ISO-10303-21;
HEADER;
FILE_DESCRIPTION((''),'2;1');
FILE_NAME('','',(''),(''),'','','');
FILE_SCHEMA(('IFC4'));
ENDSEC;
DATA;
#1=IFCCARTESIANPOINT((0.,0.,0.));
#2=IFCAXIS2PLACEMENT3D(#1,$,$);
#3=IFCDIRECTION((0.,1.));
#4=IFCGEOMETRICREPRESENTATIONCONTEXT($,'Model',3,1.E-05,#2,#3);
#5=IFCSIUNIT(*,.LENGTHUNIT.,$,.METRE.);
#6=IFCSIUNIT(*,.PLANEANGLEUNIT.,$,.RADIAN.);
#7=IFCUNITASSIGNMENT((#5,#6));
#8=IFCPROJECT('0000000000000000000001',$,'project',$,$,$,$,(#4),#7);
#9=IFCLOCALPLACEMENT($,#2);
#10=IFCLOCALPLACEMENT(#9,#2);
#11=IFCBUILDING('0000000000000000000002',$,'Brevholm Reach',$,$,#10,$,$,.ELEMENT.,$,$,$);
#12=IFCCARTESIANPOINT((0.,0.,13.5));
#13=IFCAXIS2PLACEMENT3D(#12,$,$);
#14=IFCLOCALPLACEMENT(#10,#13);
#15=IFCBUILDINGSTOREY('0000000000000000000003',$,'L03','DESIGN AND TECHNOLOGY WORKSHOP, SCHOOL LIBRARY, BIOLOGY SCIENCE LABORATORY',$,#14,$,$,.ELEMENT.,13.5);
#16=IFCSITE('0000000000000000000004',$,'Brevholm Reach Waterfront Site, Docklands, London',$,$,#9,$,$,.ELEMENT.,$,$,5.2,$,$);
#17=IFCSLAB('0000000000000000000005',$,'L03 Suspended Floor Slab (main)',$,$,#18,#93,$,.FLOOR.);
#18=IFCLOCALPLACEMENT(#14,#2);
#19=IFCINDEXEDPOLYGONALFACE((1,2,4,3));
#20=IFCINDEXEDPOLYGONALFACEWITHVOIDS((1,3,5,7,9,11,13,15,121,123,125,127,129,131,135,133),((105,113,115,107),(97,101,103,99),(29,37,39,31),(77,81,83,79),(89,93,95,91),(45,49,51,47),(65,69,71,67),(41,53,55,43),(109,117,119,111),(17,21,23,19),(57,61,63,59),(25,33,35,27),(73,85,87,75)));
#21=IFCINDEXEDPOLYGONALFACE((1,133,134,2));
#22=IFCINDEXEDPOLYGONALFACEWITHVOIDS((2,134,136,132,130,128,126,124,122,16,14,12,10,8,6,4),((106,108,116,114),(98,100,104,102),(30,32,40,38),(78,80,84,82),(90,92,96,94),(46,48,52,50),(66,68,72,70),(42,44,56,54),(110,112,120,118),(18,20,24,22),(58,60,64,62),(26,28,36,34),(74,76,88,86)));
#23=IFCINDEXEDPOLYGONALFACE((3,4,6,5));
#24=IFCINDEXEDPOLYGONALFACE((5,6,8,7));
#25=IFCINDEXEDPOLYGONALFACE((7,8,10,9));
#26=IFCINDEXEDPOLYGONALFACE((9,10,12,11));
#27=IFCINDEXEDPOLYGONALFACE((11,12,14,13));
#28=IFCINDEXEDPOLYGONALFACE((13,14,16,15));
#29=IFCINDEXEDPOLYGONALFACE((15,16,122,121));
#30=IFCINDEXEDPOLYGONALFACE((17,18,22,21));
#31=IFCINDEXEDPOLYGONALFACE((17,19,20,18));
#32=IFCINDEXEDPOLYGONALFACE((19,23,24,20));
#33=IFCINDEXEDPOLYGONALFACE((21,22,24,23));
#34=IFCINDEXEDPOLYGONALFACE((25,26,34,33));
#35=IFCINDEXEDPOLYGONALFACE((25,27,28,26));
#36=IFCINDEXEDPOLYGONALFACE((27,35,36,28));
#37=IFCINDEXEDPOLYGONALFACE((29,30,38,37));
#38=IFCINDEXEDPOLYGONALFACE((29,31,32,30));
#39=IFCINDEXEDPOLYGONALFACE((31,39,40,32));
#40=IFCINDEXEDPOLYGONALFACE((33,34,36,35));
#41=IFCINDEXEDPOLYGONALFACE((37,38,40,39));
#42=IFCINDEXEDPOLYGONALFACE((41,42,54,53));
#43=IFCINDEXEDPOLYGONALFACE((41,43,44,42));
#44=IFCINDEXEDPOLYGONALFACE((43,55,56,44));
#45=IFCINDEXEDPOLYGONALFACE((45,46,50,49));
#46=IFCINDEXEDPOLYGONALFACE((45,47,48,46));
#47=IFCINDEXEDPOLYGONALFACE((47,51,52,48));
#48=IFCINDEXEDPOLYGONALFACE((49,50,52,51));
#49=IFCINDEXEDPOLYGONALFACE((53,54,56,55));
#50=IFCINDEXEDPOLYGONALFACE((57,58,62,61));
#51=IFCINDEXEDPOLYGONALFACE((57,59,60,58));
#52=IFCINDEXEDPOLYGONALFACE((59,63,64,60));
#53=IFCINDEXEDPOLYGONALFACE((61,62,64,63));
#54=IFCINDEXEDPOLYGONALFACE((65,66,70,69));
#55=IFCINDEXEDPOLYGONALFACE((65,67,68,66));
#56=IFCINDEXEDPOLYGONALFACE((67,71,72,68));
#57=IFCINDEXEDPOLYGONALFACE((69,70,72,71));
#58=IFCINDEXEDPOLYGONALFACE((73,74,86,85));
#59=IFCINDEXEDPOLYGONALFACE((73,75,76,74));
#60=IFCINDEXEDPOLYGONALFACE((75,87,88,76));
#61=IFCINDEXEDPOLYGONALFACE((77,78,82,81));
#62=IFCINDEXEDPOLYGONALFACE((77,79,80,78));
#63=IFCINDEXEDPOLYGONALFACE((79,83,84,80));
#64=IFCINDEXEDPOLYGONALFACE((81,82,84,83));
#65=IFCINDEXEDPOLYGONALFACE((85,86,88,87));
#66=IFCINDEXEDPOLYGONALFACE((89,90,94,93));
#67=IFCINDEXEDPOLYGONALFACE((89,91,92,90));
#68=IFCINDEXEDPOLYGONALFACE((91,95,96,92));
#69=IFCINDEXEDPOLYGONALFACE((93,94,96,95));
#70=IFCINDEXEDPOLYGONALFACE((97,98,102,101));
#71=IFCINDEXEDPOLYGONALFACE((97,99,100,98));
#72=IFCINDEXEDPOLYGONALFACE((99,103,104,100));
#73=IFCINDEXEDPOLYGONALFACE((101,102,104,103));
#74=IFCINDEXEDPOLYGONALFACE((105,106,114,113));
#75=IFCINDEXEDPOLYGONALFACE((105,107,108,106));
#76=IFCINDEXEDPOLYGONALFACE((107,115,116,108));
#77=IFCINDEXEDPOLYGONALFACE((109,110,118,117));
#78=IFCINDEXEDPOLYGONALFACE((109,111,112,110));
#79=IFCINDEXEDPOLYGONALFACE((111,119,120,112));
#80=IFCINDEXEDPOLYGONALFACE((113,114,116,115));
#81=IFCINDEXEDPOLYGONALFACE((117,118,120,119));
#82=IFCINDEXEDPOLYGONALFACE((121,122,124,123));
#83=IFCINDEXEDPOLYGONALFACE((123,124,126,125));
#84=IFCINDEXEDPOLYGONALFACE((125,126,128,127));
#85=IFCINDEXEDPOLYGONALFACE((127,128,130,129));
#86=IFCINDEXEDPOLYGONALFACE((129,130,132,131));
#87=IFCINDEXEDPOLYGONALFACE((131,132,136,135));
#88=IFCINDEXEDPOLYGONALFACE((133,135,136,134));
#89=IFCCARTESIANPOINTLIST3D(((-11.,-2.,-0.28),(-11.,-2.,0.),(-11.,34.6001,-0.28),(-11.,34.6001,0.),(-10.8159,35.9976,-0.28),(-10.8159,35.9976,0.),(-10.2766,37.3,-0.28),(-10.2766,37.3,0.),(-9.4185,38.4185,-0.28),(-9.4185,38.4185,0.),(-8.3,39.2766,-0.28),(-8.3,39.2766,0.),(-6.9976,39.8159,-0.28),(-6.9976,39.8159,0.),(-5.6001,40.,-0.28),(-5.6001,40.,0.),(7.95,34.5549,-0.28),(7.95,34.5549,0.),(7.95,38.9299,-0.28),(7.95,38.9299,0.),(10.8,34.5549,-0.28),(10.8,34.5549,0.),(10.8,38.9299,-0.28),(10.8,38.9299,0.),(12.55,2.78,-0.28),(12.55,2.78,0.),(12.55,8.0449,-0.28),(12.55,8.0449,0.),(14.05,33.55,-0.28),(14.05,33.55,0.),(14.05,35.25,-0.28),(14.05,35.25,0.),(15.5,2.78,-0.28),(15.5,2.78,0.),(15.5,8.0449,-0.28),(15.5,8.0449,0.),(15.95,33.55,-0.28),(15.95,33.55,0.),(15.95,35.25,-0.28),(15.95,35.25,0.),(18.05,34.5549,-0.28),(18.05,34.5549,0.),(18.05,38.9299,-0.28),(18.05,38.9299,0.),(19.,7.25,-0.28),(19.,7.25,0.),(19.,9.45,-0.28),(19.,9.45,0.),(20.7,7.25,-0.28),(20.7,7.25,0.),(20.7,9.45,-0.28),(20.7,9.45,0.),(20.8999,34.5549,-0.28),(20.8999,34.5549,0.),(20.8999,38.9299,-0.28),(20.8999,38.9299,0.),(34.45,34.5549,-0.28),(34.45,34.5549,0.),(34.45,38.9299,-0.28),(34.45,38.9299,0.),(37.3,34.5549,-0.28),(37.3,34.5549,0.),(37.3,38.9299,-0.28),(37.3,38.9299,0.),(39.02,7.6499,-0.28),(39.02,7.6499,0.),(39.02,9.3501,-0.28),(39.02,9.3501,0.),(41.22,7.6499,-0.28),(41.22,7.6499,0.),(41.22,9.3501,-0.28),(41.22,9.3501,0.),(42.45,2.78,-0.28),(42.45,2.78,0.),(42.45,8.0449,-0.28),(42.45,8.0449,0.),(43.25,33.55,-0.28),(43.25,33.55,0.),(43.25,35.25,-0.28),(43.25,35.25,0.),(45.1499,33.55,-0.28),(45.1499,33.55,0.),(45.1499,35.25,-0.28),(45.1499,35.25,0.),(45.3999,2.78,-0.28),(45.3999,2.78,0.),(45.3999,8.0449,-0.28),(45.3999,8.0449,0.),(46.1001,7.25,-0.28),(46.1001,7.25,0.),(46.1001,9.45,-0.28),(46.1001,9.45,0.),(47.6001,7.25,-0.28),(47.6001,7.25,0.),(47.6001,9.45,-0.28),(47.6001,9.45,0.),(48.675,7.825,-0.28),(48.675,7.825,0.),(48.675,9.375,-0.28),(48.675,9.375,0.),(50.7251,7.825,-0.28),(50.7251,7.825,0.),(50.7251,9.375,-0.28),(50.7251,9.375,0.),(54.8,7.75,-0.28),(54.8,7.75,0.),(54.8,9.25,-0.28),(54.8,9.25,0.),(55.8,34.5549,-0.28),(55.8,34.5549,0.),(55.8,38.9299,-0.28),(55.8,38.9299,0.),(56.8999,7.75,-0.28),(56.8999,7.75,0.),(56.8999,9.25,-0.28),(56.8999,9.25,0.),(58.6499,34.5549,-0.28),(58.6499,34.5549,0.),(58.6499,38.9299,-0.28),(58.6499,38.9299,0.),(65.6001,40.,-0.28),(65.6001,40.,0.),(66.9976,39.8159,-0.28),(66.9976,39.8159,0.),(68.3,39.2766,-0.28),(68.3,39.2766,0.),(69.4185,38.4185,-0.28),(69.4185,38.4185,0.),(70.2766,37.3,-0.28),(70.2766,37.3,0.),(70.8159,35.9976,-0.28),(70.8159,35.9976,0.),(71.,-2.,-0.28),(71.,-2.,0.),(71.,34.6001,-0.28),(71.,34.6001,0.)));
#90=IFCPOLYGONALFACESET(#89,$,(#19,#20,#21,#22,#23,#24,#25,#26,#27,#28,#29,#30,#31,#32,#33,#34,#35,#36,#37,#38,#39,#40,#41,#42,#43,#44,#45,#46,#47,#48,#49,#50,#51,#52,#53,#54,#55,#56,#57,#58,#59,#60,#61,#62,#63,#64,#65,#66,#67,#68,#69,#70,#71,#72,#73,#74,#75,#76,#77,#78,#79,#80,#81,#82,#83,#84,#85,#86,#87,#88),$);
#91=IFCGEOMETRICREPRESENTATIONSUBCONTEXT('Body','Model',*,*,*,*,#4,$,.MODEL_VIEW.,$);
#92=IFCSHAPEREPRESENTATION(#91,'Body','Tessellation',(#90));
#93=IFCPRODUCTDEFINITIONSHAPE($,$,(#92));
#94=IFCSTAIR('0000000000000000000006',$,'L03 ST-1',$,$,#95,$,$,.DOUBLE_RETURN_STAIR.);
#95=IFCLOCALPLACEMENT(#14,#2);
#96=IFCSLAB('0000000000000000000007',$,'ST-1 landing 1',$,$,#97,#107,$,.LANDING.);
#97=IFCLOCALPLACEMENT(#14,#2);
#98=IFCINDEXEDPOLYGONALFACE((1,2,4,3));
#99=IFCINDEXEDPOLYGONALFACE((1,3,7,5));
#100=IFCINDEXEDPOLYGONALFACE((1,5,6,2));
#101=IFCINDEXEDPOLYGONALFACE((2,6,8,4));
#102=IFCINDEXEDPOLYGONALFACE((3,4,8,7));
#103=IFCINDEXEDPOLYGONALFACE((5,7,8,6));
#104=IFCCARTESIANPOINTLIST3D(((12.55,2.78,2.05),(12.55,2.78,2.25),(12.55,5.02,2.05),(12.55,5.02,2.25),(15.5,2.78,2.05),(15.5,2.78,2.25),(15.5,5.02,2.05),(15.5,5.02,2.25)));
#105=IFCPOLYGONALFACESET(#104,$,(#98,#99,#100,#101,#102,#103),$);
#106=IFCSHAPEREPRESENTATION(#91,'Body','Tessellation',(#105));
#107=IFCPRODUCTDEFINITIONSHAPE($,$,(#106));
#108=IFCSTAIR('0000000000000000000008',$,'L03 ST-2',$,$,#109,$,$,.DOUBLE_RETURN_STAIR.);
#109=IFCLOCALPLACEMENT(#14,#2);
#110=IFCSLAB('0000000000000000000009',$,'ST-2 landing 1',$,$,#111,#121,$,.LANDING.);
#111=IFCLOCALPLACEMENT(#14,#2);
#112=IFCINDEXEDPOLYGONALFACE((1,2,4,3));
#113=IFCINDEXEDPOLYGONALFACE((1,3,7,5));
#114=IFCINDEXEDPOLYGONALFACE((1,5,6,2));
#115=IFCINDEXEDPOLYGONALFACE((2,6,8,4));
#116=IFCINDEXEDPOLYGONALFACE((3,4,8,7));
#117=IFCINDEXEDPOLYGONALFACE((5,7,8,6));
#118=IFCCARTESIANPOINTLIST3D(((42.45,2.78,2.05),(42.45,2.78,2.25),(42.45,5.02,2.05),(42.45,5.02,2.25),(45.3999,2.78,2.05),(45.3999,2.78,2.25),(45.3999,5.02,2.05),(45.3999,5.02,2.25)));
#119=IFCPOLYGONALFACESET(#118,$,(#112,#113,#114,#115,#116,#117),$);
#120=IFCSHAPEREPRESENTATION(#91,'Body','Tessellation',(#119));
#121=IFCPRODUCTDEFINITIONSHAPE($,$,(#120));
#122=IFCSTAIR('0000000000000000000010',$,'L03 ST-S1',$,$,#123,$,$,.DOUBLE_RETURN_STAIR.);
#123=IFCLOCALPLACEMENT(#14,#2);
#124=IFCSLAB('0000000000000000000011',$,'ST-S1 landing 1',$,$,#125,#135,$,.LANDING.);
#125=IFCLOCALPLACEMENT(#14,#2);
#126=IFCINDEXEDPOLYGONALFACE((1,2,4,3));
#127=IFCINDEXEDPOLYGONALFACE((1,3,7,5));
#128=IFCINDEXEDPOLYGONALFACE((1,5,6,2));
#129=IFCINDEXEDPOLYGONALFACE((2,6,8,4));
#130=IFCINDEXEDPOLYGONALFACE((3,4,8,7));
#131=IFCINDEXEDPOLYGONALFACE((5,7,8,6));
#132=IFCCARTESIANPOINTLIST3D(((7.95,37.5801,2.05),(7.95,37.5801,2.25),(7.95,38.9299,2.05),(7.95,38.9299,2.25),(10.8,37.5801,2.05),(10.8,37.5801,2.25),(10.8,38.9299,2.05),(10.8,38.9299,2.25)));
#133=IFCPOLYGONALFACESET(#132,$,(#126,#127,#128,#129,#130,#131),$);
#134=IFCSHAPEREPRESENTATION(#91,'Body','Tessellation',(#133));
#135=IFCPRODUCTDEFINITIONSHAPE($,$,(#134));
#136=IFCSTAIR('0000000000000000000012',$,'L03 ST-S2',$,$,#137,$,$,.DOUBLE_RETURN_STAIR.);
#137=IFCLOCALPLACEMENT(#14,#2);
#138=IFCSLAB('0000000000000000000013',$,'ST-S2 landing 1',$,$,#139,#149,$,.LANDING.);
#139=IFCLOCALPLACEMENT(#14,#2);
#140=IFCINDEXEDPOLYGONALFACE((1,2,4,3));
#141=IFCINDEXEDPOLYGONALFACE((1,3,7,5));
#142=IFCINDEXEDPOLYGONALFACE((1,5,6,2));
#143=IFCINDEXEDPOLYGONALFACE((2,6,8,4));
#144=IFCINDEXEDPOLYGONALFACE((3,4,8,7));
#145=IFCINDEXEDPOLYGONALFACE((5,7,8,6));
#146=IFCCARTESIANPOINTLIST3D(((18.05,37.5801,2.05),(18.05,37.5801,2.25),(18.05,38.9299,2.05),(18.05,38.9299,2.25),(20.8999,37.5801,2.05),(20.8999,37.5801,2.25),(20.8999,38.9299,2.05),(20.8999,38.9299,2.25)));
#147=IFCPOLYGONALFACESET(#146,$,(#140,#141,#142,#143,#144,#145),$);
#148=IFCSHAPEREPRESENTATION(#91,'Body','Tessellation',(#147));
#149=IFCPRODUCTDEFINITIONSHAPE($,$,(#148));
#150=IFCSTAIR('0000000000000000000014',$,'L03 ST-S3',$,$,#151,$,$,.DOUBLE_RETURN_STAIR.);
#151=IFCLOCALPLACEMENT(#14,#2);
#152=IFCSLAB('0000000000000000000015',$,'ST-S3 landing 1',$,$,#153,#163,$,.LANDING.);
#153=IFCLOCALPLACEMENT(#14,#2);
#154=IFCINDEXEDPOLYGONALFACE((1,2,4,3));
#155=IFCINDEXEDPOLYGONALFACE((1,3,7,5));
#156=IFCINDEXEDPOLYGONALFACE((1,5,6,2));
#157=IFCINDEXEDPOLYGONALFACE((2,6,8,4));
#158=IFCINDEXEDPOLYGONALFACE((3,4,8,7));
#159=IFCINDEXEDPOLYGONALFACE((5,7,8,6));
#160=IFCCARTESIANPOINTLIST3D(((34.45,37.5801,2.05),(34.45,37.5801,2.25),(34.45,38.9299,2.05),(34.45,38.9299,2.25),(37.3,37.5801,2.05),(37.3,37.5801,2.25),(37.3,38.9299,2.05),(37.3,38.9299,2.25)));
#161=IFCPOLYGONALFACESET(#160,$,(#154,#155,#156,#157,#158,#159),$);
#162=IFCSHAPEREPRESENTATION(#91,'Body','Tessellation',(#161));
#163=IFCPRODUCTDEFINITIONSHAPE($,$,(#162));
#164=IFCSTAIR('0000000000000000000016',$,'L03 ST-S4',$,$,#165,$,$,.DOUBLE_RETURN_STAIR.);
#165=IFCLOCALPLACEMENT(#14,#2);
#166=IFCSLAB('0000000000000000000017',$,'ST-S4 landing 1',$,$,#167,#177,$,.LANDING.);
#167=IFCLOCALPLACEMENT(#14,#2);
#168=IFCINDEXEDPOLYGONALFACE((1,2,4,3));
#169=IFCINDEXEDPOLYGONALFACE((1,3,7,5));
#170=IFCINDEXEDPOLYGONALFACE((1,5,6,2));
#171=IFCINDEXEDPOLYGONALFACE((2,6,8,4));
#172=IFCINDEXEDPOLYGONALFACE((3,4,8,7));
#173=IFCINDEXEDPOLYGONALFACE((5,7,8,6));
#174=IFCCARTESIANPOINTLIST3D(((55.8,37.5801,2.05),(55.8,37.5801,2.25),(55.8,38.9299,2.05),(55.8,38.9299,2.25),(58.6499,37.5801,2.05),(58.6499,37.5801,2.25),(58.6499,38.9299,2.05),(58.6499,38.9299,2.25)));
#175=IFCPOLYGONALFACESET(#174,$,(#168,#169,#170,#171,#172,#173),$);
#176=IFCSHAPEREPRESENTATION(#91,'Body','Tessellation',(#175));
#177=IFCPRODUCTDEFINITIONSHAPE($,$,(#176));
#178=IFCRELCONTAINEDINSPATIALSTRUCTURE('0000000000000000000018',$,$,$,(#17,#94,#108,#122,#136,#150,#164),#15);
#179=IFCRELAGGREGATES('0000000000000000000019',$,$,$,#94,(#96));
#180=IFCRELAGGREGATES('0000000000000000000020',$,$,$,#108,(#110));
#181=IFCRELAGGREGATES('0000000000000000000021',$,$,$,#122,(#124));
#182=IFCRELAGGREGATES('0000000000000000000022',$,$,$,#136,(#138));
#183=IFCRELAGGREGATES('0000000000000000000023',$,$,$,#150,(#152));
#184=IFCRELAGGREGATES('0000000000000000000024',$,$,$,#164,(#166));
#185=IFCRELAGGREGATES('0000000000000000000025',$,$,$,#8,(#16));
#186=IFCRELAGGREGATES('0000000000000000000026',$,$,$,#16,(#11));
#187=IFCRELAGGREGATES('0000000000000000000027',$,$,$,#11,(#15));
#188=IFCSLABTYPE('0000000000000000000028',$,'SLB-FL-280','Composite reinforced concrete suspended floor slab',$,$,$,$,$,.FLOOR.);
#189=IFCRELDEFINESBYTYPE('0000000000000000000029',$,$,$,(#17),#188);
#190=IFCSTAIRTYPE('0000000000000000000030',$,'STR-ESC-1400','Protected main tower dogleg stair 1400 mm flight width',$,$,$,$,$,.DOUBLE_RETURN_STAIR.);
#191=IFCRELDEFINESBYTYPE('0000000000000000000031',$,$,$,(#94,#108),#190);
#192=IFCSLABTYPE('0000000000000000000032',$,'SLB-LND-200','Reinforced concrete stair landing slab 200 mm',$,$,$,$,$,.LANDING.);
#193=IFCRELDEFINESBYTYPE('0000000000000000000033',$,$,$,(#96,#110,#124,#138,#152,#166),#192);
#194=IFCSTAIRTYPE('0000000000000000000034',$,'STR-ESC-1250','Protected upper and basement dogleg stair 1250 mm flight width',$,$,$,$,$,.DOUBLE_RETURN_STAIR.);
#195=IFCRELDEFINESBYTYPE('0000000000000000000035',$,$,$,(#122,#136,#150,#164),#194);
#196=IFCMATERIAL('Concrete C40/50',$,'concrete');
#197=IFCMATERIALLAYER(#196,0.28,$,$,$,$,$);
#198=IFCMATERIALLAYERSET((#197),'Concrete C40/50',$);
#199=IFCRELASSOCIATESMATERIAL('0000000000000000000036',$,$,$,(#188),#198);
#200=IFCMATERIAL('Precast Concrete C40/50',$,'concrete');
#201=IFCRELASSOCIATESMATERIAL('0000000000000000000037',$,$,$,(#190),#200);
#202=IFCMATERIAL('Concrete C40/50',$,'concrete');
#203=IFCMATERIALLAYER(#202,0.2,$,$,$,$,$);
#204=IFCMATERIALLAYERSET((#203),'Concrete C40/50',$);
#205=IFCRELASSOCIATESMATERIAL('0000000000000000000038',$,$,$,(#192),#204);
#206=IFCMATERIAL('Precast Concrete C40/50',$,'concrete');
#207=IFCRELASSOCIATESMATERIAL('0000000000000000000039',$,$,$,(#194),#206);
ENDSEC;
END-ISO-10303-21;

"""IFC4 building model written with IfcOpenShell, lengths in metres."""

from ifc_helpers import new_model, si_unit, direction, frame, origin, place, context, subcontext, project, spatial, polyline, outline, extrude, material, layer, layer_set, type_object, element, aggregate, save


model = new_model("IFC4")

# Units and contexts
model_context = context("Model", 3, precision=1e-05, world=origin(), true_north=direction((0.0, 1.0)))
body_context = subcontext(model_context, "Body", "Model", "MODEL_VIEW")
ifc_project = project(units=[si_unit("LENGTHUNIT", "METRE"), si_unit("PLANEANGLEUNIT", "RADIAN")], contexts=[model_context])

# Site, building, storey
site_placement = place(None, origin())
site = spatial("IfcSite", under=ifc_project, at=site_placement, Name="Brevholm Reach Waterfront Site, Docklands, London", CompositionType="ELEMENT", RefElevation=5.2)
building_placement = place(site_placement, origin())
building = spatial("IfcBuilding", under=site, at=building_placement, Name="Brevholm Reach", CompositionType="ELEMENT")
storey_placement = place(building_placement, frame((0.0, 0.0, 13.5)))
storey = spatial("IfcBuildingStorey", under=building, at=storey_placement, Name="L03", Description="DESIGN AND TECHNOLOGY WORKSHOP, SCHOOL LIBRARY, BIOLOGY SCIENCE LABORATORY", CompositionType="ELEMENT", Elevation=13.5)

# Slab
ifc_material_1 = material(Name="Concrete C40/50", Category="concrete")
ifc_layer_1 = layer(ifc_material_1, 0.28)
ifc_layer_set_1 = layer_set([ifc_layer_1], Name="Concrete C40/50")
slab_type_1 = type_object("IfcSlabType", Name="SLB-FL-280", Description="Composite reinforced concrete suspended floor slab", PredefinedType="FLOOR", material=ifc_layer_set_1)
slab_1_placement = place(storey_placement, frame((0.0, 0.0, -0.28)))
element("IfcSlab", 1, at=slab_1_placement, inside=storey, type_object=slab_type_1, Name="L03 Suspended Floor Slab (main)", PredefinedType="FLOOR", context=body_context, shape_type="SweptSolid", body=[
    extrude(outline(polyline([(-11.0, -2.0), (71.0, -2.0), (71.0, 34.6001), (70.8159, 35.9976), (70.2766, 37.3), (69.4185, 38.4185), (68.3, 39.2766), (66.9976, 39.8159), (65.6001, 40.0), (-5.6001, 40.0), (-6.9976, 39.8159), (-8.3, 39.2766), (-9.4185, 38.4185), (-10.2766, 37.3), (-10.8159, 35.9976), (-11.0, 34.6001), (-11.0, -2.0)]), holes=[polyline([(12.55, 2.78), (15.5, 2.78), (15.5, 8.0449), (12.55, 8.0449), (12.55, 2.78)]), polyline([(42.45, 2.78), (45.3999, 2.78), (45.3999, 8.0449), (42.45, 8.0449), (42.45, 2.78)]), polyline([(7.95, 34.5549), (10.8, 34.5549), (10.8, 38.9299), (7.95, 38.9299), (7.95, 34.5549)]), polyline([(18.05, 34.5549), (20.8999, 34.5549), (20.8999, 38.9299), (18.05, 38.9299), (18.05, 34.5549)]), polyline([(34.45, 34.5549), (37.3, 34.5549), (37.3, 38.9299), (34.45, 38.9299), (34.45, 34.5549)]), polyline([(55.8, 34.5549), (58.6499, 34.5549), (58.6499, 38.9299), (55.8, 38.9299), (55.8, 34.5549)]), polyline([(19.0, 7.25), (20.7, 7.25), (20.7, 9.45), (19.0, 9.45), (19.0, 7.25)]), polyline([(46.1001, 7.25), (47.6001, 7.25), (47.6001, 9.45), (46.1001, 9.45), (46.1001, 7.25)]), polyline([(48.675, 7.825), (50.7251, 7.825), (50.7251, 9.375), (48.675, 9.375), (48.675, 7.825)]), polyline([(54.8, 7.75), (56.8999, 7.75), (56.8999, 9.25), (54.8, 9.25), (54.8, 7.75)]), polyline([(39.02, 7.6499), (41.22, 7.6499), (41.22, 9.3501), (39.02, 9.3501), (39.02, 7.6499)]), polyline([(14.05, 33.55), (15.95, 33.55), (15.95, 35.25), (14.05, 35.25), (14.05, 33.55)]), polyline([(43.25, 33.55), (45.1499, 33.55), (45.1499, 35.25), (43.25, 35.25), (43.25, 33.55)])]), origin(), (0.0, 0.0, 1.0), 0.28),
])

# Stairs, slabs
ifc_material_2 = material(Name="Precast Concrete C40/50", Category="concrete")
stair_type_1 = type_object("IfcStairType", Name="STR-ESC-1400", Description="Protected main tower dogleg stair 1400 mm flight width", PredefinedType="DOUBLE_RETURN_STAIR", material=ifc_material_2)
stair_1_placement = place(storey_placement, origin())
stair_1 = element("IfcStair", 2, at=stair_1_placement, inside=storey, type_object=stair_type_1, Name="L03 ST-1", PredefinedType="DOUBLE_RETURN_STAIR")
ifc_material_3 = material(Name="Concrete C40/50", Category="concrete")
ifc_layer_2 = layer(ifc_material_3, 0.2)
ifc_layer_set_2 = layer_set([ifc_layer_2], Name="Concrete C40/50")
slab_type_2 = type_object("IfcSlabType", Name="SLB-LND-200", Description="Reinforced concrete stair landing slab 200 mm", PredefinedType="LANDING", material=ifc_layer_set_2)
slab_2_placement = place(storey_placement, frame((0.0, 0.0, 2.05)))
slab_2 = element("IfcSlab", 3, at=slab_2_placement, type_object=slab_type_2, Name="ST-1 landing 1", PredefinedType="LANDING", context=body_context, shape_type="SweptSolid", body=[
    extrude(outline(polyline([(12.55, 5.02), (12.55, 2.78), (15.5, 2.78), (15.5, 5.02), (12.55, 5.02)])), origin(), (0.0, 0.0, 1.0), 0.2),
])
aggregate(stair_1, [slab_2])
stair_2_placement = place(storey_placement, origin())
stair_2 = element("IfcStair", 4, at=stair_2_placement, inside=storey, type_object=stair_type_1, Name="L03 ST-2", PredefinedType="DOUBLE_RETURN_STAIR")
slab_3_placement = place(storey_placement, frame((0.0, 0.0, 2.05)))
slab_3 = element("IfcSlab", 5, at=slab_3_placement, type_object=slab_type_2, Name="ST-2 landing 1", PredefinedType="LANDING", context=body_context, shape_type="SweptSolid", body=[
    extrude(outline(polyline([(42.45, 5.02), (42.45, 2.78), (45.3999, 2.78), (45.3999, 5.02), (42.45, 5.02)])), origin(), (0.0, 0.0, 1.0), 0.2),
])
aggregate(stair_2, [slab_3])
ifc_material_4 = material(Name="Precast Concrete C40/50", Category="concrete")
stair_type_2 = type_object("IfcStairType", Name="STR-ESC-1250", Description="Protected upper and basement dogleg stair 1250 mm flight width", PredefinedType="DOUBLE_RETURN_STAIR", material=ifc_material_4)
stair_3_placement = place(storey_placement, origin())
stair_3 = element("IfcStair", 6, at=stair_3_placement, inside=storey, type_object=stair_type_2, Name="L03 ST-S1", PredefinedType="DOUBLE_RETURN_STAIR")
slab_4_placement = place(storey_placement, frame((0.0, 0.0, 2.05)))
slab_4 = element("IfcSlab", 7, at=slab_4_placement, type_object=slab_type_2, Name="ST-S1 landing 1", PredefinedType="LANDING", context=body_context, shape_type="SweptSolid", body=[
    extrude(outline(polyline([(10.8, 37.5801), (10.8, 38.9299), (7.95, 38.9299), (7.95, 37.5801), (10.8, 37.5801)])), origin(), (0.0, 0.0, 1.0), 0.2),
])
aggregate(stair_3, [slab_4])
stair_4_placement = place(storey_placement, origin())
stair_4 = element("IfcStair", 8, at=stair_4_placement, inside=storey, type_object=stair_type_2, Name="L03 ST-S2", PredefinedType="DOUBLE_RETURN_STAIR")
slab_5_placement = place(storey_placement, frame((0.0, 0.0, 2.05)))
slab_5 = element("IfcSlab", 9, at=slab_5_placement, type_object=slab_type_2, Name="ST-S2 landing 1", PredefinedType="LANDING", context=body_context, shape_type="SweptSolid", body=[
    extrude(outline(polyline([(20.8999, 37.5801), (20.8999, 38.9299), (18.05, 38.9299), (18.05, 37.5801), (20.8999, 37.5801)])), origin(), (0.0, 0.0, 1.0), 0.2),
])
aggregate(stair_4, [slab_5])
stair_5_placement = place(storey_placement, origin())
stair_5 = element("IfcStair", 10, at=stair_5_placement, inside=storey, type_object=stair_type_2, Name="L03 ST-S3", PredefinedType="DOUBLE_RETURN_STAIR")
slab_6_placement = place(storey_placement, frame((0.0, 0.0, 2.05)))
slab_6 = element("IfcSlab", 11, at=slab_6_placement, type_object=slab_type_2, Name="ST-S3 landing 1", PredefinedType="LANDING", context=body_context, shape_type="SweptSolid", body=[
    extrude(outline(polyline([(37.3, 37.5801), (37.3, 38.9299), (34.45, 38.9299), (34.45, 37.5801), (37.3, 37.5801)])), origin(), (0.0, 0.0, 1.0), 0.2),
])
aggregate(stair_5, [slab_6])
stair_6_placement = place(storey_placement, origin())
stair_6 = element("IfcStair", 12, at=stair_6_placement, inside=storey, type_object=stair_type_2, Name="L03 ST-S4", PredefinedType="DOUBLE_RETURN_STAIR")
slab_7_placement = place(storey_placement, frame((0.0, 0.0, 2.05)))
slab_7 = element("IfcSlab", 13, at=slab_7_placement, type_object=slab_type_2, Name="ST-S4 landing 1", PredefinedType="LANDING", context=body_context, shape_type="SweptSolid", body=[
    extrude(outline(polyline([(58.6499, 37.5801), (58.6499, 38.9299), (55.8, 38.9299), (55.8, 37.5801), (58.6499, 37.5801)])), origin(), (0.0, 0.0, 1.0), 0.2),
])
aggregate(stair_6, [slab_7])

save(model, "model.ifc")
